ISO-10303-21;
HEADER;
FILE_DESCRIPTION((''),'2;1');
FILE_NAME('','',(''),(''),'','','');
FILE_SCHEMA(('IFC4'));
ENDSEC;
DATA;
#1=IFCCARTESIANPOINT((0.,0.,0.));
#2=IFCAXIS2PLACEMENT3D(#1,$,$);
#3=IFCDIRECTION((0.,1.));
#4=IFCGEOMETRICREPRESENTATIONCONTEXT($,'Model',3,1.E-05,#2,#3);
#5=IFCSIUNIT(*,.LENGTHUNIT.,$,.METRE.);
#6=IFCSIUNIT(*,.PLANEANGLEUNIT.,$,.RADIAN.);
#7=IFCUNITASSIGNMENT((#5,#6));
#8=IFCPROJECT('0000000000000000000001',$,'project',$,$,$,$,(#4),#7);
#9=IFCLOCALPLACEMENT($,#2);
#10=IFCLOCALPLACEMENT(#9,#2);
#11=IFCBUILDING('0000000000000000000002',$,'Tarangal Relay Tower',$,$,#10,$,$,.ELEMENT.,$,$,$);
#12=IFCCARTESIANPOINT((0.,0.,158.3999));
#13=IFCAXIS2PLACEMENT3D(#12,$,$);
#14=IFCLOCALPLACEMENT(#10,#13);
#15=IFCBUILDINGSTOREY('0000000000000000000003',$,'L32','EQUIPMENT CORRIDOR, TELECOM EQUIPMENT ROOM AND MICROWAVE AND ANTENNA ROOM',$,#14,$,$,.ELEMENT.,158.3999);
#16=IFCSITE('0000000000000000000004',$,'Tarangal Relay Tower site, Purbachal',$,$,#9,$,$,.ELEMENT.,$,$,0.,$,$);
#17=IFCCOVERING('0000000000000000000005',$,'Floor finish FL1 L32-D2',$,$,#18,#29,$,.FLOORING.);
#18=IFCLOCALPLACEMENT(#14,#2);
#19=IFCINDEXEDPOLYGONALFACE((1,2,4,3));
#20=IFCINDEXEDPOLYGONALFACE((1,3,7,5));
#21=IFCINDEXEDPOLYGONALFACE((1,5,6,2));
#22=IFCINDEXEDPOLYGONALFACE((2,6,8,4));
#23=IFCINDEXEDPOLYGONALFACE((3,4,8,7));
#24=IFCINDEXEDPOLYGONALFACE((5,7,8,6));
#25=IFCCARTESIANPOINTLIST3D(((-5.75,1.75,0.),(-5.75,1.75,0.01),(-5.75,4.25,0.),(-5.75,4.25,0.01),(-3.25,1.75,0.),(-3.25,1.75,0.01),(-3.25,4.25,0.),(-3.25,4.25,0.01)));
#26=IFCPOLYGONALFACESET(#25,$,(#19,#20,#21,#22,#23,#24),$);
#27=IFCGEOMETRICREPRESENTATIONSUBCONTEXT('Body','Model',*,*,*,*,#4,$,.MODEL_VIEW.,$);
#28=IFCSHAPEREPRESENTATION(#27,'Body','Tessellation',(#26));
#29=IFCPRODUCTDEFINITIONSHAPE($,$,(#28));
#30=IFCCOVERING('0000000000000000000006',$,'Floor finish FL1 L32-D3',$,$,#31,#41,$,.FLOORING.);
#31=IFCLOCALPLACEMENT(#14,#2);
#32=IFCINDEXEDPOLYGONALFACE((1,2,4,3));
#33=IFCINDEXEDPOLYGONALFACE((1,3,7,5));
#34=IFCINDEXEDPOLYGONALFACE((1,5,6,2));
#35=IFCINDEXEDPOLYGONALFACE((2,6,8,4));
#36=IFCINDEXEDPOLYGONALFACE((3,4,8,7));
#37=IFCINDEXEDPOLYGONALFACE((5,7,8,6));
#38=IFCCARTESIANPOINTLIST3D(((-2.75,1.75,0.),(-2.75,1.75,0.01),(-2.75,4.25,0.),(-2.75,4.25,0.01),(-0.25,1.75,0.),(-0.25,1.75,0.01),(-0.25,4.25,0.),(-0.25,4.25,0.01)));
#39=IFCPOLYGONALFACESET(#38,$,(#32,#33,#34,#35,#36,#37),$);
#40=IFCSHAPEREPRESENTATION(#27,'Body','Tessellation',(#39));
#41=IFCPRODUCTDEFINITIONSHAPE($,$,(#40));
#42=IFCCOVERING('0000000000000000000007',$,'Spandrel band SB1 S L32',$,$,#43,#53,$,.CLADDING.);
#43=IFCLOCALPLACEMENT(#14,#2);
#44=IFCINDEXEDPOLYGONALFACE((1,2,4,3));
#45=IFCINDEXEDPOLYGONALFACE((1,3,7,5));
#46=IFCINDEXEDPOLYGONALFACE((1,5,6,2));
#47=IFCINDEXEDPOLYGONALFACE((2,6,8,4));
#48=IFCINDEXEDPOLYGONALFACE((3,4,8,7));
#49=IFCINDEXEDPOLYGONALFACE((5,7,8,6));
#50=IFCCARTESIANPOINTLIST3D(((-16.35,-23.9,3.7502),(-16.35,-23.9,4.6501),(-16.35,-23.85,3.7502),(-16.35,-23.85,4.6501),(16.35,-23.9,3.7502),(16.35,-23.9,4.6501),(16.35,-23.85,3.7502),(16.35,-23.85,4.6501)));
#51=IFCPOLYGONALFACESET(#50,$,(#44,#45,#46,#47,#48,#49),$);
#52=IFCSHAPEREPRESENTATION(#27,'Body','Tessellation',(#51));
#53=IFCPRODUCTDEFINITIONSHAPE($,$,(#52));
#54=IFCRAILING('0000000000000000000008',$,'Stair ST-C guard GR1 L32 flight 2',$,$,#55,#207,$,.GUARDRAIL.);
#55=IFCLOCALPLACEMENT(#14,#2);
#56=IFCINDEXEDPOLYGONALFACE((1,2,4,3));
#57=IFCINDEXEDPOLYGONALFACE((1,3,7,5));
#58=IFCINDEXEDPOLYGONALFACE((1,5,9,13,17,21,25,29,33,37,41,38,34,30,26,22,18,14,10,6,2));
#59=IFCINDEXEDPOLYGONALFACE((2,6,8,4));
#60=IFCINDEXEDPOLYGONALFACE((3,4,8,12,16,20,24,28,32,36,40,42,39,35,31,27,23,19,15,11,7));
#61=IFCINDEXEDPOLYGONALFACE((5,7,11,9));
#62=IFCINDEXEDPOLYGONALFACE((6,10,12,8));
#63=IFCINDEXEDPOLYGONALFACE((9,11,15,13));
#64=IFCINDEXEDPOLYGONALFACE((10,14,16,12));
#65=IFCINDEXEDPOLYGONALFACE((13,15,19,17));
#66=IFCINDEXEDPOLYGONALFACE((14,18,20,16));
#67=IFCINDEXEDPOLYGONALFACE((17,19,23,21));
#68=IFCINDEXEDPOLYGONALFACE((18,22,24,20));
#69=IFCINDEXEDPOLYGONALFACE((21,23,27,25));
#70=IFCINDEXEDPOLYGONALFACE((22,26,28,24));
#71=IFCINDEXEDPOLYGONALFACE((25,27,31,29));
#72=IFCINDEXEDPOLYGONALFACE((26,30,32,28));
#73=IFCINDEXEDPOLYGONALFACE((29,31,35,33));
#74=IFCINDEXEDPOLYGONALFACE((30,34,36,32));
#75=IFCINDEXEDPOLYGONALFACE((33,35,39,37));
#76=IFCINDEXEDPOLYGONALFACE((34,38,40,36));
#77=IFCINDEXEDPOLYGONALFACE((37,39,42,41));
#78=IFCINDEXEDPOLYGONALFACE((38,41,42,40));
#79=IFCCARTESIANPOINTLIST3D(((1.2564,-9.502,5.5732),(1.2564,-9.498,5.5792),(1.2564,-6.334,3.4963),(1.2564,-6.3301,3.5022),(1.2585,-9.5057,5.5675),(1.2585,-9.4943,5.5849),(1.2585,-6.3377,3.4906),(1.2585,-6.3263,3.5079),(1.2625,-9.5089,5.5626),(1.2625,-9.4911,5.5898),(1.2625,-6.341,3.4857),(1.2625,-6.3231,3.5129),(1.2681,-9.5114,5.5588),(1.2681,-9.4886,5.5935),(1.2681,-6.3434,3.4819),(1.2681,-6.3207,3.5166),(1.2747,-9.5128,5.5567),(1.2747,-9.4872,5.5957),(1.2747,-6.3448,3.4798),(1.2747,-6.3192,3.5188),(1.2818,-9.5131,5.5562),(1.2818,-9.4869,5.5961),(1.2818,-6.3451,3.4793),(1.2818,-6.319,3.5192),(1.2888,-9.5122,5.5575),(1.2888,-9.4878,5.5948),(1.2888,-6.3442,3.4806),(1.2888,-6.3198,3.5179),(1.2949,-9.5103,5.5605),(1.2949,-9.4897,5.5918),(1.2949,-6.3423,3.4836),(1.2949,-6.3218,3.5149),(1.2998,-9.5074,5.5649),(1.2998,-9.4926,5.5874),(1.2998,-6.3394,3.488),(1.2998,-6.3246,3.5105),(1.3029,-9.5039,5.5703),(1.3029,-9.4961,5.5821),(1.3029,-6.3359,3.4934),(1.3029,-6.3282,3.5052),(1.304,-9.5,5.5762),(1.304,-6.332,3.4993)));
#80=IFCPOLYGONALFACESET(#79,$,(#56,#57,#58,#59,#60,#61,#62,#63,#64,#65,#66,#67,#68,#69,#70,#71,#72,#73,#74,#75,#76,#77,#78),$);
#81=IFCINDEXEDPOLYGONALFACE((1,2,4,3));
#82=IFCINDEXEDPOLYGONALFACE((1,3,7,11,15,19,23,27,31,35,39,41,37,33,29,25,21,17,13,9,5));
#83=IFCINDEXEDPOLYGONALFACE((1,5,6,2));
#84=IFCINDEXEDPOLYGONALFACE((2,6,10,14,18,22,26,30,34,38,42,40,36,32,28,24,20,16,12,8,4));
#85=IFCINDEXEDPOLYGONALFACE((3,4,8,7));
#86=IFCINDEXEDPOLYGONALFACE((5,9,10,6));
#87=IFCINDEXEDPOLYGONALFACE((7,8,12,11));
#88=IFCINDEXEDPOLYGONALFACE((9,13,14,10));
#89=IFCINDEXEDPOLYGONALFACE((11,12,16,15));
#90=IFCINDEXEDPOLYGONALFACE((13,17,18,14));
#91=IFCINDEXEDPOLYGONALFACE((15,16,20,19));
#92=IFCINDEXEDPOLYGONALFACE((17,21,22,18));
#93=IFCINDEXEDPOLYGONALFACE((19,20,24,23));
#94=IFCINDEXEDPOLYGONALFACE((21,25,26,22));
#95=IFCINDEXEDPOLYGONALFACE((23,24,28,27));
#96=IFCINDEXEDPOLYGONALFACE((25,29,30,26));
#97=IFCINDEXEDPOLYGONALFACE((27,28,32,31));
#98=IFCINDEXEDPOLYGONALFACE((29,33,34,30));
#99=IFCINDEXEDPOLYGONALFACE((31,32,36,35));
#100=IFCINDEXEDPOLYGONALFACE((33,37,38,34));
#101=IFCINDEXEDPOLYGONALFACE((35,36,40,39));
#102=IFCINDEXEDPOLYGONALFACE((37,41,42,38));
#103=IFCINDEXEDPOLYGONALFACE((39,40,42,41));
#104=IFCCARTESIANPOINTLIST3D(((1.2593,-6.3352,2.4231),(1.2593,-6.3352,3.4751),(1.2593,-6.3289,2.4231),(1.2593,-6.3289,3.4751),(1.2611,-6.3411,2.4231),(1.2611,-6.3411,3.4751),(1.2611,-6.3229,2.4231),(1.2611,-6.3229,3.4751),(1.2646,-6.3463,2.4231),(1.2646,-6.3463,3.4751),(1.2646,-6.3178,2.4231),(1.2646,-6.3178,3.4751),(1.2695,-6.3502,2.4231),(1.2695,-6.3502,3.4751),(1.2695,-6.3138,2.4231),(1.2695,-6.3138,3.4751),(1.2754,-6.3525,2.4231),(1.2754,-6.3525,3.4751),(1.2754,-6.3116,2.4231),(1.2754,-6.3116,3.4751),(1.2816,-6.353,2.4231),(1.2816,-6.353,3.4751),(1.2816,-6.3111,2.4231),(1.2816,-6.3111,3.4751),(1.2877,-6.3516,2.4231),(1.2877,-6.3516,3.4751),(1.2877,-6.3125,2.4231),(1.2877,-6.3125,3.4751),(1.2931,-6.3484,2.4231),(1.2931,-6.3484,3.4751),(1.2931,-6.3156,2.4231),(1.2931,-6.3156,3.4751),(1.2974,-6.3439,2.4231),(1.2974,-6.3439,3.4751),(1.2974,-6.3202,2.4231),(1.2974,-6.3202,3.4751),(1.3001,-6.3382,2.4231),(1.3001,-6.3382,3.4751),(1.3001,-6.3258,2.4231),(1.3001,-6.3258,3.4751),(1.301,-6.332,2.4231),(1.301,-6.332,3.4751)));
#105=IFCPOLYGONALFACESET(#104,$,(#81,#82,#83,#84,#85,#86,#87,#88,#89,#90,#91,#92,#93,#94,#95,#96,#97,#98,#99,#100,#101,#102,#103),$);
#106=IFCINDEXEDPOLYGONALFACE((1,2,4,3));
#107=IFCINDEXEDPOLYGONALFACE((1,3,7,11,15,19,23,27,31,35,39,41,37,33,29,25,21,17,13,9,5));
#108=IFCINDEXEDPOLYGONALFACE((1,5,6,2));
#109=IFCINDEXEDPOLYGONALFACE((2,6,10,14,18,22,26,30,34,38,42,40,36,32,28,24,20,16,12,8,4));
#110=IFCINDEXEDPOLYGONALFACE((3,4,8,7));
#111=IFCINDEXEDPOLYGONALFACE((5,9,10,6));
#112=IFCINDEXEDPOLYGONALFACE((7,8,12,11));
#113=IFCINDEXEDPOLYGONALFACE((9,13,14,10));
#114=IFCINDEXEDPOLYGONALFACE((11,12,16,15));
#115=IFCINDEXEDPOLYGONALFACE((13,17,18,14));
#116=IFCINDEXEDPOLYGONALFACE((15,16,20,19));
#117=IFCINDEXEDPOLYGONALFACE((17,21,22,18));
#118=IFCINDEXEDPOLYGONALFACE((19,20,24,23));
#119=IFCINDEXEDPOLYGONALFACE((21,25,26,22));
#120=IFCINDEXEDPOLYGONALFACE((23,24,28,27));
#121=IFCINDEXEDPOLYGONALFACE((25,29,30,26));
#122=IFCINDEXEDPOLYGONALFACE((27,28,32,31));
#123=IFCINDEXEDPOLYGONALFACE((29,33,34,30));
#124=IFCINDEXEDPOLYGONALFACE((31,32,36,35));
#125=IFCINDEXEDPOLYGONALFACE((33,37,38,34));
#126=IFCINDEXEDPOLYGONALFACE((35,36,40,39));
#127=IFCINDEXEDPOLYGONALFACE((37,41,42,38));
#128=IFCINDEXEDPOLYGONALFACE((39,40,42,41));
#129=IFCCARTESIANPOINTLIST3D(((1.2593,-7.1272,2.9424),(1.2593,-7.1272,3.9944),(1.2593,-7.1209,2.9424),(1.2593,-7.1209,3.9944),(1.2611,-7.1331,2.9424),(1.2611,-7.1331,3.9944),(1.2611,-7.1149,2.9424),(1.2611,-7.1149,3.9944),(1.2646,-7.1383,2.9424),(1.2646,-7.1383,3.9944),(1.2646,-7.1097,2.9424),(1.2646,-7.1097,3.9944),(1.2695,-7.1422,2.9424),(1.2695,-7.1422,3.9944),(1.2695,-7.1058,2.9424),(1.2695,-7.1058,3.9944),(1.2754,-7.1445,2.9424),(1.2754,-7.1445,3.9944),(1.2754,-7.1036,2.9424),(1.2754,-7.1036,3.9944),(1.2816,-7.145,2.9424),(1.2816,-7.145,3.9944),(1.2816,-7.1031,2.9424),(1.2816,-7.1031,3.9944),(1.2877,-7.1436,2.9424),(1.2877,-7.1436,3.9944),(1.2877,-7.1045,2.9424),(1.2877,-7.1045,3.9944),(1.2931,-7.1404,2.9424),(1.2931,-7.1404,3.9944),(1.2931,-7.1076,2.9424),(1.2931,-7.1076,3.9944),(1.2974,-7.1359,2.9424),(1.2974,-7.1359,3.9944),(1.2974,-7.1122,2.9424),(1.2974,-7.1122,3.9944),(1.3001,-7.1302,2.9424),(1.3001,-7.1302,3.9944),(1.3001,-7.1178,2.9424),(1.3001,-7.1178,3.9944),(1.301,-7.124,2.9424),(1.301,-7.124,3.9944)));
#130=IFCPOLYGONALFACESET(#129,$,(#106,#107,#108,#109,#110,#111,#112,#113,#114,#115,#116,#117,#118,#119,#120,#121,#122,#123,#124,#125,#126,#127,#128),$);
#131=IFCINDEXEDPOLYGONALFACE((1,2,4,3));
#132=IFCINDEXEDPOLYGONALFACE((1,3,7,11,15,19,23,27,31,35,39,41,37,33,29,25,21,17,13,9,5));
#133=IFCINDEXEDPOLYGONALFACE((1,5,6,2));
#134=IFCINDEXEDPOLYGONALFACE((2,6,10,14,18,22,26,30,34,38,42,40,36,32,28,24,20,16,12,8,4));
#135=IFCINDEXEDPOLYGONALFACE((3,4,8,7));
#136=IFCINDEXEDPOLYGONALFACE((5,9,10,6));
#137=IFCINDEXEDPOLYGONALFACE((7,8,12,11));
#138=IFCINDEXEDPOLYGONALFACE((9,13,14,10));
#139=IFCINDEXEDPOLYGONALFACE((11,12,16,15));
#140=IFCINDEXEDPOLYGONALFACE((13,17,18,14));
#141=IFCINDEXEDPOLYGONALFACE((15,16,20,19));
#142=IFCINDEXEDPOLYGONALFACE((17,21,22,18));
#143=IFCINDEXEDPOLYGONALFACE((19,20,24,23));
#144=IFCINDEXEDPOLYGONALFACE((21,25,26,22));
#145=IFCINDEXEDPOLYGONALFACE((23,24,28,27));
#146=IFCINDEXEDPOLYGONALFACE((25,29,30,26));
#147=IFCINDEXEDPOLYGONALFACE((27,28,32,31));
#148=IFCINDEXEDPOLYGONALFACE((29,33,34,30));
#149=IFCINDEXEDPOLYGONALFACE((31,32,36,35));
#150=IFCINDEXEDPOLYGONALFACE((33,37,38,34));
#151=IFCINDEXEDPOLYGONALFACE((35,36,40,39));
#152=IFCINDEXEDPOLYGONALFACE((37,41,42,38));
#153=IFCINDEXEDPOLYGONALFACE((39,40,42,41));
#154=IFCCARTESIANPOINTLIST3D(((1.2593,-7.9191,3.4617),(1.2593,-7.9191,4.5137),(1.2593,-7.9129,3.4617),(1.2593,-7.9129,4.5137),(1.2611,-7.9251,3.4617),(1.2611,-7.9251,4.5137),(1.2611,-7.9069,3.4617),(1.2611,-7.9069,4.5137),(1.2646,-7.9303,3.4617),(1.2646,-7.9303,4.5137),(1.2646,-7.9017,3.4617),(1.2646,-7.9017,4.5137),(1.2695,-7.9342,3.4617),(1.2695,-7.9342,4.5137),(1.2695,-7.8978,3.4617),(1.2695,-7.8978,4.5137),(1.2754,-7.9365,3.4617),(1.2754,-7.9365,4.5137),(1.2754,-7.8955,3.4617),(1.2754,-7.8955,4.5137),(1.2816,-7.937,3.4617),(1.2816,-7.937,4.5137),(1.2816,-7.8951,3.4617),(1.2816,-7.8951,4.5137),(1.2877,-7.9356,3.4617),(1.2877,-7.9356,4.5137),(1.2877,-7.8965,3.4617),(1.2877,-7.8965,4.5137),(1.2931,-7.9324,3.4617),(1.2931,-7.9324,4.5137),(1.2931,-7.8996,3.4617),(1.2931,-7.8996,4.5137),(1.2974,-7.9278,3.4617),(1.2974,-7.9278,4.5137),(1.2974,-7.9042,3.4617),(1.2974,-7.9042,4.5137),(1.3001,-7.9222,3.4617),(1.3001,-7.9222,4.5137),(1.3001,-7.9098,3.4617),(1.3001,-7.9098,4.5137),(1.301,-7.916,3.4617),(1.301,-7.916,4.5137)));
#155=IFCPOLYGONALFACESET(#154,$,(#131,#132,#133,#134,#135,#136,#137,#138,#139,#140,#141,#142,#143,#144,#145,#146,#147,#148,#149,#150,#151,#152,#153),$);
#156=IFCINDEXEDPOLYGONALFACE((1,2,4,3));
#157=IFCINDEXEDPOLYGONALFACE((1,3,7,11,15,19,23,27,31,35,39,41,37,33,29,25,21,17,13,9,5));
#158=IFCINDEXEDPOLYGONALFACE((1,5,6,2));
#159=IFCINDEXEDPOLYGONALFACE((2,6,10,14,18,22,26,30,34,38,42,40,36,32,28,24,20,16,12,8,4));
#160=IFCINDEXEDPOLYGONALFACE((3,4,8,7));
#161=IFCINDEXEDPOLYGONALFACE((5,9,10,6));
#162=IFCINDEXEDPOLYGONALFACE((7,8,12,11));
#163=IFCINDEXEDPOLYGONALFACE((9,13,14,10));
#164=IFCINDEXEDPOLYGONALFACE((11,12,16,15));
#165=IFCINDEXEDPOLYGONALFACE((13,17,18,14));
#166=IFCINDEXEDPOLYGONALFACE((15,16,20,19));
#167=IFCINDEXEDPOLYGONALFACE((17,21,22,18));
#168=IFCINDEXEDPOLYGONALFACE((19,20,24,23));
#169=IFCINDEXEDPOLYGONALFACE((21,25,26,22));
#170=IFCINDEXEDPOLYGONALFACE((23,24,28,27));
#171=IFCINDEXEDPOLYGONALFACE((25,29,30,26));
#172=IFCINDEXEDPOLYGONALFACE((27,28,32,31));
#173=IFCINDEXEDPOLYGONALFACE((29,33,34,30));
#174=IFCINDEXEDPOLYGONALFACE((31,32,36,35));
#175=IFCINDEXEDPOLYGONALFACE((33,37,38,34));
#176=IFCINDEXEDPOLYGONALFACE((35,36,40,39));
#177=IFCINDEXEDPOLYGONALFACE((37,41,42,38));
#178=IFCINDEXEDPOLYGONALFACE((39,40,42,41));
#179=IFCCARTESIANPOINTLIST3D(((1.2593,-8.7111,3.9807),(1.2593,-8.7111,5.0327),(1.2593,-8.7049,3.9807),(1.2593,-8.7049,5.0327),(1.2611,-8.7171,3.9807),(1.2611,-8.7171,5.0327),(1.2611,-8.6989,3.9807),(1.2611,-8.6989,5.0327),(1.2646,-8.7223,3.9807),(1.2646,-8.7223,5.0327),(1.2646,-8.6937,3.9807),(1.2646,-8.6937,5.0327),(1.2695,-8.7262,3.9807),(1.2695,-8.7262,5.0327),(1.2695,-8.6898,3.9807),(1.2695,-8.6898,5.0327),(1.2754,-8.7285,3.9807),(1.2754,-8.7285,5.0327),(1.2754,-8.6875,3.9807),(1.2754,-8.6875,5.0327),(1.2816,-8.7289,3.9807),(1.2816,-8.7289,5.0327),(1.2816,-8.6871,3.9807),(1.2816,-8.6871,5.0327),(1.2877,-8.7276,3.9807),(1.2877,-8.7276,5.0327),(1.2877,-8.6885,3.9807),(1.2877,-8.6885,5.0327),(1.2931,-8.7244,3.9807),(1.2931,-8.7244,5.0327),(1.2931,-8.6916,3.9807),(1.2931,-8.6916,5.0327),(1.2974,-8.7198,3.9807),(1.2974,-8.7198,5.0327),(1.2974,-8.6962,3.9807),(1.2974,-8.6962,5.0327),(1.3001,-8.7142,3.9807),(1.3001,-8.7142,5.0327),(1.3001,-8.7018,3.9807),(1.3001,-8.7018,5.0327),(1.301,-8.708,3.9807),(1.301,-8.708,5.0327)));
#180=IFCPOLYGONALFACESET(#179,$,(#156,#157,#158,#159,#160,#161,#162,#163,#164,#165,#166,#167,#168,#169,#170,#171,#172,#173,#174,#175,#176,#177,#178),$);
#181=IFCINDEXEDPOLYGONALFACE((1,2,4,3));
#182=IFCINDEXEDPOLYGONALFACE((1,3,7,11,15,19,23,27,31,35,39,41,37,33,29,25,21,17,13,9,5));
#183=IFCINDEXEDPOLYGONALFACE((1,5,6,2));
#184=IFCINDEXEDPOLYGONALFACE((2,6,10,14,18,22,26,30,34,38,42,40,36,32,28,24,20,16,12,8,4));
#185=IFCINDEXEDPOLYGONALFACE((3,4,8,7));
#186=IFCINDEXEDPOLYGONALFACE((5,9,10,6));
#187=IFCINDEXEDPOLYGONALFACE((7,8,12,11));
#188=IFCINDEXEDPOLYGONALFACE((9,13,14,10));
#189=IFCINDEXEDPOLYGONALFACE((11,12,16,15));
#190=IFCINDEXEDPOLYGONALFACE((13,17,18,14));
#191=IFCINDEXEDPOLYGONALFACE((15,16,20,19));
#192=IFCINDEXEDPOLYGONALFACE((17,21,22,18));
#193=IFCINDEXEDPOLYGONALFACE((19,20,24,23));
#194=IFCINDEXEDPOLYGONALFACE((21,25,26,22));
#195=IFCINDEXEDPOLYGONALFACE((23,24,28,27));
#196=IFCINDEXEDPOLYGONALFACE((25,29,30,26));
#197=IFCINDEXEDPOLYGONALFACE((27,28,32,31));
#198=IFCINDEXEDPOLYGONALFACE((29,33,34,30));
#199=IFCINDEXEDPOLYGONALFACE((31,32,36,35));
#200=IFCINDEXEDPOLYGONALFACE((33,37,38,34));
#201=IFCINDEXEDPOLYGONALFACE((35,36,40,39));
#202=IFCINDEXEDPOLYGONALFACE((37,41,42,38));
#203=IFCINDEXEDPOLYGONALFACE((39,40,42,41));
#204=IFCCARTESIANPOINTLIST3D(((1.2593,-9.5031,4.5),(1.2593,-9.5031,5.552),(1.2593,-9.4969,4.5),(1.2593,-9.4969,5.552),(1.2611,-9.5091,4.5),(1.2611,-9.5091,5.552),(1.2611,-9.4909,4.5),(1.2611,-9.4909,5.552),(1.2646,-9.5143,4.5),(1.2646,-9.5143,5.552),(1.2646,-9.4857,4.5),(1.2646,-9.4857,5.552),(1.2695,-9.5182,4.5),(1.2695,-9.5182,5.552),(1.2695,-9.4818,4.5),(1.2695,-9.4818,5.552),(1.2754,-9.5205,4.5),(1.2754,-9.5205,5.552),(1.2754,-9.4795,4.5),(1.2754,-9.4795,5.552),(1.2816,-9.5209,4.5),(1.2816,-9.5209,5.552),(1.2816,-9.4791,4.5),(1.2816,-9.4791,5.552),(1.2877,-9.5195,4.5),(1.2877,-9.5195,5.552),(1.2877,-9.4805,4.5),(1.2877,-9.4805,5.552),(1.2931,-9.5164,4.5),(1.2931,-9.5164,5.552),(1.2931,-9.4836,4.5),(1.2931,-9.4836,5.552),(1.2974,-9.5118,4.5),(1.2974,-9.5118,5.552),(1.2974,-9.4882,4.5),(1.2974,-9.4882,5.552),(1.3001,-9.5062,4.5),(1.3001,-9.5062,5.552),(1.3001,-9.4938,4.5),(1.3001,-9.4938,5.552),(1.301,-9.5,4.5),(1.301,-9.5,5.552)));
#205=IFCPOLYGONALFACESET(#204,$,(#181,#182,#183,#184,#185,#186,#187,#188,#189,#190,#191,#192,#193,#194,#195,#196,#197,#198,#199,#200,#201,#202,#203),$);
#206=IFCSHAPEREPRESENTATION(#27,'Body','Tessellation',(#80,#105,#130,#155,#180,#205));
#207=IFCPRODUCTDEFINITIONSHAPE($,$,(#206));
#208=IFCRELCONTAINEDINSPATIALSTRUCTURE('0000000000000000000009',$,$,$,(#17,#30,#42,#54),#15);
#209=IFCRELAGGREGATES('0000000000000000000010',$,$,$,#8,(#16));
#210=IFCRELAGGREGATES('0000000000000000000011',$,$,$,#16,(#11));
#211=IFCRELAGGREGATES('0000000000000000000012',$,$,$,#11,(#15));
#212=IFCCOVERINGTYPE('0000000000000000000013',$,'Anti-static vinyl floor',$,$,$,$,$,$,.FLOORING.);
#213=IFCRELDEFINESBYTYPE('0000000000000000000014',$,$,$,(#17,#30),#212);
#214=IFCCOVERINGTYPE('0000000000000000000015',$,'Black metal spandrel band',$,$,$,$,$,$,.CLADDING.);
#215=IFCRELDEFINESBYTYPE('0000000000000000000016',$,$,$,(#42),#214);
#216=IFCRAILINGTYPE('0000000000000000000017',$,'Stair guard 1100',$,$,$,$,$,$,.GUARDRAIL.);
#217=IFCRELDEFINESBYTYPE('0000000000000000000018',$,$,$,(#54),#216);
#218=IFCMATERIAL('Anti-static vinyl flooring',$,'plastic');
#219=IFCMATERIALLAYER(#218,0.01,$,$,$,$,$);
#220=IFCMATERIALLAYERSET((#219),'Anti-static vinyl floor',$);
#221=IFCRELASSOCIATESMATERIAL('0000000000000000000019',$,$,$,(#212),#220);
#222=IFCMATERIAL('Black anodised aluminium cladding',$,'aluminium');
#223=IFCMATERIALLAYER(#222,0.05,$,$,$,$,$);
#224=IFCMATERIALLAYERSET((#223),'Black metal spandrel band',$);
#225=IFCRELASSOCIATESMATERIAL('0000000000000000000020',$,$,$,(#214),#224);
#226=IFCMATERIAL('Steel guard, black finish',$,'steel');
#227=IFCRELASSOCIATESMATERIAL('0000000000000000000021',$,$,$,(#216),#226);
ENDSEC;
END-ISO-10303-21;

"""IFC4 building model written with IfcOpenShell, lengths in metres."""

from ifc_helpers import new_model, si_unit, direction, frame, origin, origin_2d, place, context, subcontext, project, spatial, polyline, rectangle, circle, outline, extrude, material, layer, layer_set, type_object, element, save


model = new_model("IFC4")

# Units and contexts
model_context = context("Model", 3, precision=1e-05, world=origin(), true_north=direction((0.0, 1.0)))
body_context = subcontext(model_context, "Body", "Model", "MODEL_VIEW")
ifc_project = project(units=[si_unit("LENGTHUNIT", "METRE"), si_unit("PLANEANGLEUNIT", "RADIAN")], contexts=[model_context])

# Site, building, storey
site_placement = place(None, origin())
site = spatial("IfcSite", under=ifc_project, at=site_placement, Name="Tarangal Relay Tower site, Purbachal", CompositionType="ELEMENT", RefElevation=0.0)
building_placement = place(site_placement, origin())
building = spatial("IfcBuilding", under=site, at=building_placement, Name="Tarangal Relay Tower", CompositionType="ELEMENT")
storey_placement = place(building_placement, frame((0.0, 0.0, 158.3999)))
storey = spatial("IfcBuildingStorey", under=building, at=storey_placement, Name="L32", Description="EQUIPMENT CORRIDOR, TELECOM EQUIPMENT ROOM AND MICROWAVE AND ANTENNA ROOM", CompositionType="ELEMENT", Elevation=158.3999)

# Coverings
ifc_material_1 = material(Name="Anti-static vinyl flooring", Category="plastic")
ifc_layer_1 = layer(ifc_material_1, 0.01)
ifc_layer_set_1 = layer_set([ifc_layer_1], Name="Anti-static vinyl floor")
covering_type_1 = type_object("IfcCoveringType", Name="Anti-static vinyl floor", PredefinedType="FLOORING", material=ifc_layer_set_1)
covering_1_placement = place(storey_placement, origin())
element("IfcCovering", 1, at=covering_1_placement, inside=storey, type_object=covering_type_1, Name="Floor finish FL1 L32-D2", PredefinedType="FLOORING", context=body_context, shape_type="SweptSolid", body=[
    extrude(outline(polyline([(-5.75, 1.75), (-3.25, 1.75), (-3.25, 4.25), (-5.75, 4.25), (-5.75, 1.75)])), origin(), (0.0, 0.0, 1.0), 0.01),
])
covering_2_placement = place(storey_placement, origin())
element("IfcCovering", 2, at=covering_2_placement, inside=storey, type_object=covering_type_1, Name="Floor finish FL1 L32-D3", PredefinedType="FLOORING", context=body_context, shape_type="SweptSolid", body=[
    extrude(outline(polyline([(-2.75, 1.75), (-0.25, 1.75), (-0.25, 4.25), (-2.75, 4.25), (-2.75, 1.75)])), origin(), (0.0, 0.0, 1.0), 0.01),
])
ifc_material_2 = material(Name="Black anodised aluminium cladding", Category="aluminium")
ifc_layer_2 = layer(ifc_material_2, 0.05)
ifc_layer_set_2 = layer_set([ifc_layer_2], Name="Black metal spandrel band")
covering_type_2 = type_object("IfcCoveringType", Name="Black metal spandrel band", PredefinedType="CLADDING", material=ifc_layer_set_2)
covering_3_placement = place(storey_placement, frame((0.0, -23.875, 3.7502), z_axis=(0.0, 0.0, 1.0), x_axis=(-1.0, 0.0, 0.0)))
element("IfcCovering", 3, at=covering_3_placement, inside=storey, type_object=covering_type_2, Name="Spandrel band SB1 S L32", PredefinedType="CLADDING", context=body_context, shape_type="SweptSolid", body=[
    extrude(rectangle(XDim=32.7, YDim=0.05, at=origin_2d()), origin(), (0.0, 0.0, 1.0), 0.8999),
])

# Railing
ifc_material_3 = material(Name="Steel guard, black finish", Category="steel")
railing_type_1 = type_object("IfcRailingType", Name="Stair guard 1100", PredefinedType="GUARDRAIL", material=ifc_material_3)
railing_1_placement = place(storey_placement, frame((1.28, -6.332, 2.4231)))
element("IfcRailing", 4, at=railing_1_placement, inside=storey, type_object=railing_type_1, Name="Stair ST-C guard GR1 L32 flight 2", PredefinedType="GUARDRAIL", context=body_context, shape_type="SweptSolid", body=[
    extrude(circle(Radius=0.0239, at=origin_2d()), frame((0.0, 0.0, 1.0762), z_axis=(0.0, -0.836299, 0.548273), x_axis=(1.0, 0.0, 0.0)), (0.0, 0.0, 1.0), 3.7881),
    extrude(circle(Radius=0.021, at=origin_2d()), origin(), (0.0, 0.0, 1.0), 1.052),
    extrude(circle(Radius=0.021, at=origin_2d()), frame((0.0, -0.792, 0.5193)), (0.0, 0.0, 1.0), 1.052),
    extrude(circle(Radius=0.021, at=origin_2d()), frame((0.0, -1.584, 1.0386)), (0.0, 0.0, 1.0), 1.052),
    extrude(circle(Radius=0.021, at=origin_2d()), frame((0.0, -2.376, 1.5576)), (0.0, 0.0, 1.0), 1.052),
    extrude(circle(Radius=0.021, at=origin_2d()), frame((0.0, -3.168, 2.0769)), (0.0, 0.0, 1.0), 1.052),
])

save(model, "model.ifc")
